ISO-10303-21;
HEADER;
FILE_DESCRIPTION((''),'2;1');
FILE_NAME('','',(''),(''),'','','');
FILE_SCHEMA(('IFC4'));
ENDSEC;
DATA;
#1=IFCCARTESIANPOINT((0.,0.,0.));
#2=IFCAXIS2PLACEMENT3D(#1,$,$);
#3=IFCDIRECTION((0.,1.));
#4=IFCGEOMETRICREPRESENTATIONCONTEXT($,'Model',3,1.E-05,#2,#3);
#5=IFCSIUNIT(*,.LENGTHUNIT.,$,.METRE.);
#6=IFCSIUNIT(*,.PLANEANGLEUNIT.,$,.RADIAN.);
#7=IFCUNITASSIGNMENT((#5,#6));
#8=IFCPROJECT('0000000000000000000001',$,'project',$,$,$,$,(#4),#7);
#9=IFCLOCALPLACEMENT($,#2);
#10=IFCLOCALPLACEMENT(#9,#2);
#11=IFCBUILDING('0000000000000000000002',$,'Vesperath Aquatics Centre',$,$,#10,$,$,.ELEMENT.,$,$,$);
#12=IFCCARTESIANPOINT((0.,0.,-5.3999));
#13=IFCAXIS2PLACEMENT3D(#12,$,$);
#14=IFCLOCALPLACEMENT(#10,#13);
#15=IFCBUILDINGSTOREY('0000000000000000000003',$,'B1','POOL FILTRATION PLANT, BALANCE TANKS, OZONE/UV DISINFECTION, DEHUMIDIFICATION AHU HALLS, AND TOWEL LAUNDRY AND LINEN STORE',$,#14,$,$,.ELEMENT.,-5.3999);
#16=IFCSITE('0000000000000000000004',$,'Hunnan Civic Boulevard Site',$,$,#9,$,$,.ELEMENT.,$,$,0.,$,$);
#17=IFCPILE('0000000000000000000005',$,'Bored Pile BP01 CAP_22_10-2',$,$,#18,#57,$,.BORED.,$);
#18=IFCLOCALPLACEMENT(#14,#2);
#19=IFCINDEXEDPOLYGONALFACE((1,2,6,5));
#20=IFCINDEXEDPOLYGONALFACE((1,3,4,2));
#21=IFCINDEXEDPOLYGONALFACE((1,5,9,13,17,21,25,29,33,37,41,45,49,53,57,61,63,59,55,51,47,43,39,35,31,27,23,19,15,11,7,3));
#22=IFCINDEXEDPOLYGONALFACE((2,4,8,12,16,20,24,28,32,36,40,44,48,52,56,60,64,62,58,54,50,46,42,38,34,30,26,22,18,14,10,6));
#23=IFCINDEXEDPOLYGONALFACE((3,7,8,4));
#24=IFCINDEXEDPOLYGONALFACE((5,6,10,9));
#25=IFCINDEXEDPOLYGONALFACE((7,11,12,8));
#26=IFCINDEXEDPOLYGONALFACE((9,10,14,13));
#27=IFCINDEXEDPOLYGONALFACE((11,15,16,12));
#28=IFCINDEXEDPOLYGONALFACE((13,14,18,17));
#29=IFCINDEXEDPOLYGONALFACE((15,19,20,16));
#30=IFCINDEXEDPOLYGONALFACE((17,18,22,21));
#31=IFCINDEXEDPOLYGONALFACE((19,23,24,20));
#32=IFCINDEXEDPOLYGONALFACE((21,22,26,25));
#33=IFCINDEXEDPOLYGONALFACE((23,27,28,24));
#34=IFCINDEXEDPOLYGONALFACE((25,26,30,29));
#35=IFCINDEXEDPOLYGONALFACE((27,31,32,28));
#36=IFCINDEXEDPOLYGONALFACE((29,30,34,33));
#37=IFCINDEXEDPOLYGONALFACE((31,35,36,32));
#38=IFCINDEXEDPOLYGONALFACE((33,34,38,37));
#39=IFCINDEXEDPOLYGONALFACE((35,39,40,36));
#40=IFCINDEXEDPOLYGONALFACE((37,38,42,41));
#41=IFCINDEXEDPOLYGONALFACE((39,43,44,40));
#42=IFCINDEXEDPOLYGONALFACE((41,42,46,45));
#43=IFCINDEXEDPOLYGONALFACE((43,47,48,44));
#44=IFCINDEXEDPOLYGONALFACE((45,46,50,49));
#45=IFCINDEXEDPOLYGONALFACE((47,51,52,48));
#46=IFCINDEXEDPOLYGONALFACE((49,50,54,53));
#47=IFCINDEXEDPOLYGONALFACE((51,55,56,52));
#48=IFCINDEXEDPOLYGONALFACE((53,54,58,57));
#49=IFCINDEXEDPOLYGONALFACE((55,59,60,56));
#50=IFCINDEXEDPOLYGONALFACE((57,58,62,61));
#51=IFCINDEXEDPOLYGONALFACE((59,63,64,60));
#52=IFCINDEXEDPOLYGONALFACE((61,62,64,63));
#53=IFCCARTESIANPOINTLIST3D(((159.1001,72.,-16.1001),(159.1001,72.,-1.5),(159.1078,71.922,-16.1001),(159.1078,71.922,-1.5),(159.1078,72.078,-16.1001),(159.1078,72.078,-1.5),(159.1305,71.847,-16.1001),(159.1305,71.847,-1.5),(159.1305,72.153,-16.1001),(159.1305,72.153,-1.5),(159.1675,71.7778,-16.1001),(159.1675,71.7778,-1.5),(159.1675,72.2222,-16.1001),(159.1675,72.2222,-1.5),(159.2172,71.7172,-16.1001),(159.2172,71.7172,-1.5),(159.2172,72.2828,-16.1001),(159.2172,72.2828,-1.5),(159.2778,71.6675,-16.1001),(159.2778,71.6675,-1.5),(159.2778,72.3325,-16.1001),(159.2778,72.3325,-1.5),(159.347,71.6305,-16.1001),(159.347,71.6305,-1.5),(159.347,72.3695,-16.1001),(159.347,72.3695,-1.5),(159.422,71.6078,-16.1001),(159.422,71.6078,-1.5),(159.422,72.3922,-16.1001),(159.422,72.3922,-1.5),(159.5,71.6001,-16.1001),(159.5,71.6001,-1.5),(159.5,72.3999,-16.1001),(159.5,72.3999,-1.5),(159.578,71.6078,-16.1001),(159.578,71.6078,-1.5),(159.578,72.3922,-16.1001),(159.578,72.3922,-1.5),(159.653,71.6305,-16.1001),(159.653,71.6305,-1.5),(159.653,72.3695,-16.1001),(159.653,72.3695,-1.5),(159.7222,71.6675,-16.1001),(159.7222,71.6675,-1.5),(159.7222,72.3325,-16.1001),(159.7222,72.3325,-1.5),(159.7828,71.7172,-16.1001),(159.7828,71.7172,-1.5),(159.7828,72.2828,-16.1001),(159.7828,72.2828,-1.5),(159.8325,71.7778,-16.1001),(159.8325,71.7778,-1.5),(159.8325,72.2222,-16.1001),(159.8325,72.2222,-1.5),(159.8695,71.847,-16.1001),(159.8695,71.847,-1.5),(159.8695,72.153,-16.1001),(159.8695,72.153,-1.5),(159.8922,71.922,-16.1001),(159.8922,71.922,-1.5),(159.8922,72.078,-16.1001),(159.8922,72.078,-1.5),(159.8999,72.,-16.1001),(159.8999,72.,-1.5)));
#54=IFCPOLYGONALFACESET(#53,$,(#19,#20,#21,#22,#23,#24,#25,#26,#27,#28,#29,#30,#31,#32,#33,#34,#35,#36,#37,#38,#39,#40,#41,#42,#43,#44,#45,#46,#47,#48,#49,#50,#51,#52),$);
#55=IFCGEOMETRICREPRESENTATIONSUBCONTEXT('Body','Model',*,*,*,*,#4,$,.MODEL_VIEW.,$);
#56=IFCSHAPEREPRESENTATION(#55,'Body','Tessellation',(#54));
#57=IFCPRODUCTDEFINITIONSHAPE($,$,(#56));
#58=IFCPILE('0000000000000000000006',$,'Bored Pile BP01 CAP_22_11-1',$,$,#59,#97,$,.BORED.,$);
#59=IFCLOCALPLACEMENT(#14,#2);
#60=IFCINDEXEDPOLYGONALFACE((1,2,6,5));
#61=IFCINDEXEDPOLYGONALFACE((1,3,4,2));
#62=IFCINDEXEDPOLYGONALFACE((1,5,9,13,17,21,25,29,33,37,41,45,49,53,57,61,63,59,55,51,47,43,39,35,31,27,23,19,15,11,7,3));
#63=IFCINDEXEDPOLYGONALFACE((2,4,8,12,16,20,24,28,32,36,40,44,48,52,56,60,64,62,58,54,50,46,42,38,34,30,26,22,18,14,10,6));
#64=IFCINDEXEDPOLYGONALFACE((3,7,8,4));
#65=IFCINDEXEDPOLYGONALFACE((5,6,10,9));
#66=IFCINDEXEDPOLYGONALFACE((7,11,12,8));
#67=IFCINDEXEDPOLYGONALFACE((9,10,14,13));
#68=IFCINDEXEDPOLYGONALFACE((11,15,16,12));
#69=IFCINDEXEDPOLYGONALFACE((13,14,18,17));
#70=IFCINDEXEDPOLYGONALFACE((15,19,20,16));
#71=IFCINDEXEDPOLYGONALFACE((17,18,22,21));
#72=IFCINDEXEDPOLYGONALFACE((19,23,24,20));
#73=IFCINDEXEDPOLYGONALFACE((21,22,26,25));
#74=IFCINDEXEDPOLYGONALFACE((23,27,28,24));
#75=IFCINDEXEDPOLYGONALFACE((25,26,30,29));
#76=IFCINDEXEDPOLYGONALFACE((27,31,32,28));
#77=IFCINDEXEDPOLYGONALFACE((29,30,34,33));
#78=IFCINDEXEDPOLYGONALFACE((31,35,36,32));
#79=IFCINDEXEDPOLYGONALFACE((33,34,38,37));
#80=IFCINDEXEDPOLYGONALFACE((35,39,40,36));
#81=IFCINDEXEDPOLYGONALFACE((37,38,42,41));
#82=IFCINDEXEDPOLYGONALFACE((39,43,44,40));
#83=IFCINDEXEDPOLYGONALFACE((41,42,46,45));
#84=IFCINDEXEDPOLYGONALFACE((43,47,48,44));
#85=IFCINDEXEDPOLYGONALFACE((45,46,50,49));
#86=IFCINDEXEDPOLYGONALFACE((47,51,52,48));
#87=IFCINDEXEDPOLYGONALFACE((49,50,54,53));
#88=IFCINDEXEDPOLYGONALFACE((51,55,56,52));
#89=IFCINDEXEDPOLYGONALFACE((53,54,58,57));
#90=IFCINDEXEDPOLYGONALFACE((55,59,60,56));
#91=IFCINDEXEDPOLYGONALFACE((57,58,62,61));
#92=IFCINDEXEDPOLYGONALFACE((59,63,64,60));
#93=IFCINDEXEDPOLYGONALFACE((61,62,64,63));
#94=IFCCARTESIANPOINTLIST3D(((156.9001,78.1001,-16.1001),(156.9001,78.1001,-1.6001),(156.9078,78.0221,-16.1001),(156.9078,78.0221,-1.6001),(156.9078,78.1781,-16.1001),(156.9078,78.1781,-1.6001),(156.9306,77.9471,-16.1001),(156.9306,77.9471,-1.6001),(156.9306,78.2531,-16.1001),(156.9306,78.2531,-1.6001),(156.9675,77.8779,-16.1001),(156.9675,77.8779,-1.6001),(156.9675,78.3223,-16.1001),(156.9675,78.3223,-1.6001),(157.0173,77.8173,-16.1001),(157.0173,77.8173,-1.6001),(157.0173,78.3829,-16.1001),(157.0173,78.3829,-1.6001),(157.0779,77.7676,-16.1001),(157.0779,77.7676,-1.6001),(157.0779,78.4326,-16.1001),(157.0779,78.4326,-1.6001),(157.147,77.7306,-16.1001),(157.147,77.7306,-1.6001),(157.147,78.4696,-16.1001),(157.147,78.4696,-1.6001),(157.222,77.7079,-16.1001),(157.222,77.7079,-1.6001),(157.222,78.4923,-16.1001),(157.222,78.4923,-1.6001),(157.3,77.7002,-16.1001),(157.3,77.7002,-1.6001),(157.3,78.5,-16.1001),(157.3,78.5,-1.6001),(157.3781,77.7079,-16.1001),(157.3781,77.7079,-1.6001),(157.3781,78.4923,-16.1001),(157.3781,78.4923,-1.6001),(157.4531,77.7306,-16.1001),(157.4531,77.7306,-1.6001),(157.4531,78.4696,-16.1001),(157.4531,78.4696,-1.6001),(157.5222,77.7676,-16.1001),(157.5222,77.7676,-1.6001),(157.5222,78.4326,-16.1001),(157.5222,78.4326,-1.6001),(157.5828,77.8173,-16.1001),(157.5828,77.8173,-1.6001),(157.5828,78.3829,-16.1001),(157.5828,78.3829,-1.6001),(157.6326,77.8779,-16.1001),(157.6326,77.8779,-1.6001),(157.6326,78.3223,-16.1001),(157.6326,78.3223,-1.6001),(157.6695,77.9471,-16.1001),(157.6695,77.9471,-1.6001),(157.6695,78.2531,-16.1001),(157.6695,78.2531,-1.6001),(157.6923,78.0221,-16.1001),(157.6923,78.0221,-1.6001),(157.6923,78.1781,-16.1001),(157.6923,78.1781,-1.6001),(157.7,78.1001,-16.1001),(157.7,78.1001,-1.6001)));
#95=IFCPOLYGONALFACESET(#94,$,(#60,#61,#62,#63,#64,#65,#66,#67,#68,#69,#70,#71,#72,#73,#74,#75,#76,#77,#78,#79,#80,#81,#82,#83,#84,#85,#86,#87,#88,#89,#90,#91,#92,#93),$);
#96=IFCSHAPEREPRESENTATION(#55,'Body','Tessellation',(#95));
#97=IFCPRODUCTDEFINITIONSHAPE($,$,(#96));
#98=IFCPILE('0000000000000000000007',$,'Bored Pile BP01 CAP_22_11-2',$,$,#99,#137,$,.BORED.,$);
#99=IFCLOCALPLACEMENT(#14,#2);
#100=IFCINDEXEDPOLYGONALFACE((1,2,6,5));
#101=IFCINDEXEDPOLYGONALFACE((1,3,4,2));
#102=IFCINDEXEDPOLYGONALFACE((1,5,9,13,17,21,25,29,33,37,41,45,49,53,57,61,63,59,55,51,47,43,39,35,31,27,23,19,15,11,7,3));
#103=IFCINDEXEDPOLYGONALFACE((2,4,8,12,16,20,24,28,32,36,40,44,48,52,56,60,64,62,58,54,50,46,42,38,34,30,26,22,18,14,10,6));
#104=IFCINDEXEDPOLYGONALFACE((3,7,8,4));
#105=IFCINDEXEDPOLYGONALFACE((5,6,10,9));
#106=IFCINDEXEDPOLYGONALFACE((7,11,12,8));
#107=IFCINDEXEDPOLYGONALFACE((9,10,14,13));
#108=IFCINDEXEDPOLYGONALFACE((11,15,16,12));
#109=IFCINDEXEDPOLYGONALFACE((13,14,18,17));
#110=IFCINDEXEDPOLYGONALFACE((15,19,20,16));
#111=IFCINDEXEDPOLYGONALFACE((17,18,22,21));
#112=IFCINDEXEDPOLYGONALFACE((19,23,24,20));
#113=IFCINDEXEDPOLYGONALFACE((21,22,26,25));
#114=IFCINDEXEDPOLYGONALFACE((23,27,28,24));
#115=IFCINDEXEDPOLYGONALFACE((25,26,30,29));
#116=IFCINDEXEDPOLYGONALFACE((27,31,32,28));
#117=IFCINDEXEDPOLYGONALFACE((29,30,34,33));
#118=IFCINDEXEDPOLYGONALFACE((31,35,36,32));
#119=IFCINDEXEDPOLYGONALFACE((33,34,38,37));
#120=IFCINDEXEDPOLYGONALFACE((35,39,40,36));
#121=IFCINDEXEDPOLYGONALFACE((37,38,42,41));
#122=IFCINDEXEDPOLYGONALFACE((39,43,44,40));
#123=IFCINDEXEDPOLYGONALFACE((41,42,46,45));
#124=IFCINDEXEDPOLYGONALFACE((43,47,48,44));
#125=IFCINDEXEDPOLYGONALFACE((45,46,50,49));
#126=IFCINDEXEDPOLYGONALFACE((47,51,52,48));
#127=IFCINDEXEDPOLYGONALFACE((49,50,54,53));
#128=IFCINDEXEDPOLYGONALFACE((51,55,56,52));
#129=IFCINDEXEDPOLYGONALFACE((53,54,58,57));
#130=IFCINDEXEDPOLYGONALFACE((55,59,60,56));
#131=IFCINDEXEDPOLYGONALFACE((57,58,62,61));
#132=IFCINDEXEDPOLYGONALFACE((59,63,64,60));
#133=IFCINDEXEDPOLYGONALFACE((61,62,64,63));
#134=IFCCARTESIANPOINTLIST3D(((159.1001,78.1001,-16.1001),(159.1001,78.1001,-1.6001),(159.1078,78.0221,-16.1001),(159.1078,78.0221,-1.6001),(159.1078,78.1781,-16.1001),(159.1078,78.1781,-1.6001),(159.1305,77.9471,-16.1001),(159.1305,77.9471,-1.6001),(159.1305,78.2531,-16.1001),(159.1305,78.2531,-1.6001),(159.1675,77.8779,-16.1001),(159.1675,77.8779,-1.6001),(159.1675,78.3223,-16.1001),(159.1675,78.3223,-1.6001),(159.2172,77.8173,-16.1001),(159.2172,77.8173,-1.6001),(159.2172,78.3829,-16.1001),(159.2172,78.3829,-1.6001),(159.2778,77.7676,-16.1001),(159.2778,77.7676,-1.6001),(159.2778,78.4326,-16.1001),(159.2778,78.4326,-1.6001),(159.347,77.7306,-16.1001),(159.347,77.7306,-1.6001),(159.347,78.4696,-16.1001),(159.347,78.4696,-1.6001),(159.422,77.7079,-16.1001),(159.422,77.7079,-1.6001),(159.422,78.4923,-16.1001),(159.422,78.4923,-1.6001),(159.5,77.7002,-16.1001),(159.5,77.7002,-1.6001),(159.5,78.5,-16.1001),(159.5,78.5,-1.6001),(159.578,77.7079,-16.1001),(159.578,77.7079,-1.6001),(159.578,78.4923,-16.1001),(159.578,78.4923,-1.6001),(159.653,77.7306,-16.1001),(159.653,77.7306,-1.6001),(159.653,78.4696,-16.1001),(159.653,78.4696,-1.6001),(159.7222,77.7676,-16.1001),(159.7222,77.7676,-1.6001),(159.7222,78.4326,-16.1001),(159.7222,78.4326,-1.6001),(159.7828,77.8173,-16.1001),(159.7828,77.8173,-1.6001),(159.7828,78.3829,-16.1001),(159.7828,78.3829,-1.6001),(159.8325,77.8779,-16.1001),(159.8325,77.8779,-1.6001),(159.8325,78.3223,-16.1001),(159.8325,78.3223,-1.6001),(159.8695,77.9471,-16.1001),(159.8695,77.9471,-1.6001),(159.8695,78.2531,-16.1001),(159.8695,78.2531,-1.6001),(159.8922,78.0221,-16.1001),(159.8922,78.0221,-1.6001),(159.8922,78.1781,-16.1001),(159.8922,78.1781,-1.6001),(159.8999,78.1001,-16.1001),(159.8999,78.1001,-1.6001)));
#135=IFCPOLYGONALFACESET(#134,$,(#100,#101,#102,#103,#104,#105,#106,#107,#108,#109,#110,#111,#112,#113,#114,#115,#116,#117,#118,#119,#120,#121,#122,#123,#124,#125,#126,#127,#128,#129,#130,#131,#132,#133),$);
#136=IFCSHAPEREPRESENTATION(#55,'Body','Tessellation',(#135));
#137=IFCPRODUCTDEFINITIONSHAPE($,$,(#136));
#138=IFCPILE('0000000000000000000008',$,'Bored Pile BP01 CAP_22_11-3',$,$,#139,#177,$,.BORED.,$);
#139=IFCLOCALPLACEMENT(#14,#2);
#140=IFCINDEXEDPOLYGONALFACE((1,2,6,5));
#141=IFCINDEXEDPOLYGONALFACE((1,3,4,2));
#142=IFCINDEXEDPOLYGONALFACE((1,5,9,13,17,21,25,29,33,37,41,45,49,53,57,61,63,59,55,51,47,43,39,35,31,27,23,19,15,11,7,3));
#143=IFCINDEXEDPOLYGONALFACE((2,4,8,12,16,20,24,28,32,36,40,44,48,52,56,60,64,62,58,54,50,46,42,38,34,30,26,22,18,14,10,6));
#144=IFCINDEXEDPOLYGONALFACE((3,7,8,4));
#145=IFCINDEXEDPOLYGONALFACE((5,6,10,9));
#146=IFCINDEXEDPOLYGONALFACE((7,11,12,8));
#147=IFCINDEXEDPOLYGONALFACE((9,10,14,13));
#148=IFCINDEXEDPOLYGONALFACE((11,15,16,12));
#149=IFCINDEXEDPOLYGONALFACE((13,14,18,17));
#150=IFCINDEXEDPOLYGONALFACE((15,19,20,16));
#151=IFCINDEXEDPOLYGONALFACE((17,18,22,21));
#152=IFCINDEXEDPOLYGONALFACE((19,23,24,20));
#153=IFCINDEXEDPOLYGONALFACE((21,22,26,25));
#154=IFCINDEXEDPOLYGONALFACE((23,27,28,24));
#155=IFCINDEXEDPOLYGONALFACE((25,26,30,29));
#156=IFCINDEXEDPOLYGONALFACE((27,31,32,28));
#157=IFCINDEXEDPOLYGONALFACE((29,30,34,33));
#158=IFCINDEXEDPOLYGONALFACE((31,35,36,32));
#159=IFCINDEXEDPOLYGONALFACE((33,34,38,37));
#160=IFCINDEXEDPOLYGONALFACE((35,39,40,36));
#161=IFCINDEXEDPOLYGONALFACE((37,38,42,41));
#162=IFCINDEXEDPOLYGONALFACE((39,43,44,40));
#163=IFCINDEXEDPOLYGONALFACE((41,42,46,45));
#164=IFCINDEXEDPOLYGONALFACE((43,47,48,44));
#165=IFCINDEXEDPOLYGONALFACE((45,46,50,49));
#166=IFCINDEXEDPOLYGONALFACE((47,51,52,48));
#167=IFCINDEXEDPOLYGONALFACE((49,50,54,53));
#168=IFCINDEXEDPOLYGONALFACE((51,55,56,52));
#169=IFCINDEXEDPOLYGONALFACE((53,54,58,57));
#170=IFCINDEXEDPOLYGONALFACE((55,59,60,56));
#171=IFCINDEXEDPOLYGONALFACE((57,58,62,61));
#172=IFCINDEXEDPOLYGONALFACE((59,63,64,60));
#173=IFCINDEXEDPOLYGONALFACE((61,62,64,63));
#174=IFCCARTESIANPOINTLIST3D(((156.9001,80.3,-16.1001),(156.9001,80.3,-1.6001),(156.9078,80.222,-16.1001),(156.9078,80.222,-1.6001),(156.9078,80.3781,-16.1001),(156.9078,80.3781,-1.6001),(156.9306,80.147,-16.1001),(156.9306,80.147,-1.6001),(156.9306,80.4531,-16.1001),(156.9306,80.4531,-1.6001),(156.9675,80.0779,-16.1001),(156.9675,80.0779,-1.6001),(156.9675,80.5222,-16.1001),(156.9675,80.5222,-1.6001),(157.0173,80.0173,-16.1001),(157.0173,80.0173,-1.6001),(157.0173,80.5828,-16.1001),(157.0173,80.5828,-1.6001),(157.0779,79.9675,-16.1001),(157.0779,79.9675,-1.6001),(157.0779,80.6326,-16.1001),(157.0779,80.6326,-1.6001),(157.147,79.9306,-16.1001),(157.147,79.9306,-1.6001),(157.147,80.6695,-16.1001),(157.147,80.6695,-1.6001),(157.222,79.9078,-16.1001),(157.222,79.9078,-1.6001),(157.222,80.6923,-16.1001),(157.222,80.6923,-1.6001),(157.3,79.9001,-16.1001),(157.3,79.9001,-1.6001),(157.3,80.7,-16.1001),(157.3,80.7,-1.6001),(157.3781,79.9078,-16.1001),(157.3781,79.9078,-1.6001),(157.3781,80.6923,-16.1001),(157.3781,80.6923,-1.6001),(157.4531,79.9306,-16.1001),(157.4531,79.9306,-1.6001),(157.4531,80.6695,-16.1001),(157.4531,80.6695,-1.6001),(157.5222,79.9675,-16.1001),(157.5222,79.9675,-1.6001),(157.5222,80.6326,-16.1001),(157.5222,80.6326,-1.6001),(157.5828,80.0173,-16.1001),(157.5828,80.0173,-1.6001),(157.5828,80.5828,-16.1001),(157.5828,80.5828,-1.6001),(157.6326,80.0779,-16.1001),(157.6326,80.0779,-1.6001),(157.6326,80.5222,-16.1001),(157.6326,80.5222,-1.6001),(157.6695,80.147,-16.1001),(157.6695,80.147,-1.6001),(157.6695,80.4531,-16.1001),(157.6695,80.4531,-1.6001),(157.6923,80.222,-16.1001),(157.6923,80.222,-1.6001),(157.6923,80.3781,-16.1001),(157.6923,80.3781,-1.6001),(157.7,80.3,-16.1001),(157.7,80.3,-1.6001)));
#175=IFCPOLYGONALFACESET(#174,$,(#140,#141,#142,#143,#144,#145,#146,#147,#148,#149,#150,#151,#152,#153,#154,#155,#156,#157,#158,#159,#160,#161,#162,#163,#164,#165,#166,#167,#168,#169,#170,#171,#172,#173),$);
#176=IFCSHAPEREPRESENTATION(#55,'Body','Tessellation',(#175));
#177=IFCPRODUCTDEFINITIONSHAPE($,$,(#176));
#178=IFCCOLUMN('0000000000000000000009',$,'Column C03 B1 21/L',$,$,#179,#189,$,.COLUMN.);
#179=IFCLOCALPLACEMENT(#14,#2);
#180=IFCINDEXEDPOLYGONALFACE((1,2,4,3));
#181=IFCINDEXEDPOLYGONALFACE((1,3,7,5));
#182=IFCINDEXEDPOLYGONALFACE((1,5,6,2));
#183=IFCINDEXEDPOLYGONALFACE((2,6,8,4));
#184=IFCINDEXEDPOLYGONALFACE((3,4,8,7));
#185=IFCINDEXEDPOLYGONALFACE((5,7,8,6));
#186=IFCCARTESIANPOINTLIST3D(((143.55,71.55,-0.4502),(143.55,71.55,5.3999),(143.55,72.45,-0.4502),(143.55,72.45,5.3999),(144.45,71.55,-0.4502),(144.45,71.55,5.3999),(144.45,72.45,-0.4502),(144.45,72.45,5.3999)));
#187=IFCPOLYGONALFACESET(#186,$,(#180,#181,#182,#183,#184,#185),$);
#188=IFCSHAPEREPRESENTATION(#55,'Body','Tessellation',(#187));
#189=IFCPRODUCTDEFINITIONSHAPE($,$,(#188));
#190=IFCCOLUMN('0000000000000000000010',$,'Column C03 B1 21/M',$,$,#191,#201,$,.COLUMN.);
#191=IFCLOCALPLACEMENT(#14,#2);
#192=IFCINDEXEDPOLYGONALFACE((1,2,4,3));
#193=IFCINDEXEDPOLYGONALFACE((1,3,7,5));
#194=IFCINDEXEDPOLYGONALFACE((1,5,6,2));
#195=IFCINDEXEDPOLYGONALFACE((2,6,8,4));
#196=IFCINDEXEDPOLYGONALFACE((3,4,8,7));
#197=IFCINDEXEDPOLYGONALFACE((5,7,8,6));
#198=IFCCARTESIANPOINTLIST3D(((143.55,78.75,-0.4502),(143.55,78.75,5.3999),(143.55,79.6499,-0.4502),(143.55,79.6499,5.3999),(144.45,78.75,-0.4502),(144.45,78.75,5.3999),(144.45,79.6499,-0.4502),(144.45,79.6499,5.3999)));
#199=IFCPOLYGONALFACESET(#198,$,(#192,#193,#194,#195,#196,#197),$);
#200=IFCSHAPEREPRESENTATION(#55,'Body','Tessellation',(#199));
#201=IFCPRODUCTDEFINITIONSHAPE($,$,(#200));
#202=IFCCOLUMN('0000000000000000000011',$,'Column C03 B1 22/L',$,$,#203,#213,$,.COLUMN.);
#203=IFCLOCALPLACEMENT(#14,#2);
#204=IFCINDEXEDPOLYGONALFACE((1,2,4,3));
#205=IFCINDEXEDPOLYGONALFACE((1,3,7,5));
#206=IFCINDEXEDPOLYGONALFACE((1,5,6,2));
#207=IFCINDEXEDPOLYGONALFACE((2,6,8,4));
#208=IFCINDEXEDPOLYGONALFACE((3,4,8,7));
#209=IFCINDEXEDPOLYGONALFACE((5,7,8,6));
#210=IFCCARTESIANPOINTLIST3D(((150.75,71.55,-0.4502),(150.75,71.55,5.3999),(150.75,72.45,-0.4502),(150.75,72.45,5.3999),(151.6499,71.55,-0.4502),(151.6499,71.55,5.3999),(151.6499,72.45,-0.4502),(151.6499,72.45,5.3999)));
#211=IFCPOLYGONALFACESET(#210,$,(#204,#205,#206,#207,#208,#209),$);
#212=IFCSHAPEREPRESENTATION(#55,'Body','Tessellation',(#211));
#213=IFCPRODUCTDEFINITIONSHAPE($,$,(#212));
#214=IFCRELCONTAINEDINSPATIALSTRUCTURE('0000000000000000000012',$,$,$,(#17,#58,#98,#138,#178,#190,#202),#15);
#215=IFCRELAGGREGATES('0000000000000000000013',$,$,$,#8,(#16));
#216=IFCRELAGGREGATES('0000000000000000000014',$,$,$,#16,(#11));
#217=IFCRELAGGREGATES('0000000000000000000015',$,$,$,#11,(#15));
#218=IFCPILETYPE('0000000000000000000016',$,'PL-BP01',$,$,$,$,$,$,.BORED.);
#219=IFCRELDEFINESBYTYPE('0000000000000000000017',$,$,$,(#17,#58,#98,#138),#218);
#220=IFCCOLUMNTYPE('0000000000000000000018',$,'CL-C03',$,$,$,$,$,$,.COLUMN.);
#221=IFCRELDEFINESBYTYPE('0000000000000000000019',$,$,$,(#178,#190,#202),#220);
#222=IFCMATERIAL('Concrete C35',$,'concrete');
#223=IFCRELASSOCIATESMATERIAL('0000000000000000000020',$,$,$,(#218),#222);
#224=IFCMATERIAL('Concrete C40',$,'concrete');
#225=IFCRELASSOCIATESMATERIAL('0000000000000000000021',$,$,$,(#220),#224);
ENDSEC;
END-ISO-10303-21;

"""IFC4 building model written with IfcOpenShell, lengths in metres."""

from ifc_helpers import new_model, si_unit, direction, frame, origin, origin_2d, place, context, subcontext, project, spatial, rectangle, circle, extrude, material, material_profile, profile_set, type_object, element, save


model = new_model("IFC4")

# Units and contexts
model_context = context("Model", 3, precision=1e-05, world=origin(), true_north=direction((0.0, 1.0)))
body_context = subcontext(model_context, "Body", "Model", "MODEL_VIEW")
ifc_project = project(units=[si_unit("LENGTHUNIT", "METRE"), si_unit("PLANEANGLEUNIT", "RADIAN")], contexts=[model_context])

# Site, building, storey
site_placement = place(None, origin())
site = spatial("IfcSite", under=ifc_project, at=site_placement, Name="Hunnan Civic Boulevard Site", CompositionType="ELEMENT", RefElevation=0.0)
building_placement = place(site_placement, origin())
building = spatial("IfcBuilding", under=site, at=building_placement, Name="Vesperath Aquatics Centre", CompositionType="ELEMENT")
storey_placement = place(building_placement, frame((0.0, 0.0, -5.3999)))
storey = spatial("IfcBuildingStorey", under=building, at=storey_placement, Name="B1", Description="POOL FILTRATION PLANT, BALANCE TANKS, OZONE/UV DISINFECTION, DEHUMIDIFICATION AHU HALLS, AND TOWEL LAUNDRY AND LINEN STORE", CompositionType="ELEMENT", Elevation=-5.3999)

# Shared definitions
ifc_material_1 = material(Name="Concrete C40", Category="concrete")

# Piles
ifc_material_2 = material(Name="Concrete C35", Category="concrete")
ifc_material_profile_1 = material_profile(ifc_material_2, circle(Radius=0.3999, at=origin_2d()), Name="PILE D800")
ifc_profile_set_1 = profile_set([ifc_material_profile_1], Name="Concrete C35")
pile_type = type_object("IfcPileType", Name="PL-BP01", PredefinedType="BORED", material=ifc_profile_set_1)
for number, where, z_axis, x_axis, name in (
    (1, (159.5, 72.0, -1.5), (0.0, 0.0, -1.0), (1.0, 0.0, 0.0), "Bored Pile BP01 CAP_22_10-2"),
):
    element("IfcPile", number, at=place(storey_placement, frame(where, z_axis=z_axis, x_axis=x_axis)), inside=storey, type_object=pile_type, Name=name, PredefinedType="BORED", context=body_context, shape_type="SweptSolid", body=[
        extrude(circle(Radius=0.3999, at=origin_2d()), origin(), (0.0, 0.0, 1.0), 14.6001),
    ])
for number, where, z_axis, x_axis, name in (
    (2, (157.3, 78.1001, -1.6001), (0.0, 0.0, -1.0), (1.0, 0.0, 0.0), "Bored Pile BP01 CAP_22_11-1"),
    (3, (159.5, 78.1001, -1.6001), (0.0, 0.0, -1.0), (1.0, 0.0, 0.0), "Bored Pile BP01 CAP_22_11-2"),
    (4, (157.3, 80.3, -1.6001), (0.0, 0.0, -1.0), (1.0, 0.0, 0.0), "Bored Pile BP01 CAP_22_11-3"),
):
    element("IfcPile", number, at=place(storey_placement, frame(where, z_axis=z_axis, x_axis=x_axis)), inside=storey, type_object=pile_type, Name=name, PredefinedType="BORED", context=body_context, shape_type="SweptSolid", body=[
        extrude(circle(Radius=0.3999, at=origin_2d()), origin(), (0.0, 0.0, 1.0), 14.5),
    ])

# Columns
ifc_material_profile_2 = material_profile(ifc_material_1, rectangle(XDim=0.8999, YDim=0.8999, at=origin_2d()), Name="RC 900x900")
ifc_profile_set_2 = profile_set([ifc_material_profile_2], Name="Concrete C40")
column_type = type_object("IfcColumnType", Name="CL-C03", PredefinedType="COLUMN", material=ifc_profile_set_2)
for number, where, z_axis, x_axis, name in (
    (5, (144.0, 72.0, -0.4502), (0.0, 0.0, 1.0), (1.0, 0.0, 0.0), "Column C03 B1 21/L"),
    (6, (144.0, 79.2, -0.4502), (0.0, 0.0, 1.0), (1.0, 0.0, 0.0), "Column C03 B1 21/M"),
    (7, (151.2, 72.0, -0.4502), (0.0, 0.0, 1.0), (1.0, 0.0, 0.0), "Column C03 B1 22/L"),
):
    element("IfcColumn", number, at=place(storey_placement, frame(where, z_axis=z_axis, x_axis=x_axis)), inside=storey, type_object=column_type, Name=name, PredefinedType="COLUMN", context=body_context, shape_type="SweptSolid", body=[
        extrude(rectangle(XDim=0.8999, YDim=0.8999, at=origin_2d()), origin(), (0.0, 0.0, 1.0), 5.8501),
    ])

save(model, "model.ifc")
